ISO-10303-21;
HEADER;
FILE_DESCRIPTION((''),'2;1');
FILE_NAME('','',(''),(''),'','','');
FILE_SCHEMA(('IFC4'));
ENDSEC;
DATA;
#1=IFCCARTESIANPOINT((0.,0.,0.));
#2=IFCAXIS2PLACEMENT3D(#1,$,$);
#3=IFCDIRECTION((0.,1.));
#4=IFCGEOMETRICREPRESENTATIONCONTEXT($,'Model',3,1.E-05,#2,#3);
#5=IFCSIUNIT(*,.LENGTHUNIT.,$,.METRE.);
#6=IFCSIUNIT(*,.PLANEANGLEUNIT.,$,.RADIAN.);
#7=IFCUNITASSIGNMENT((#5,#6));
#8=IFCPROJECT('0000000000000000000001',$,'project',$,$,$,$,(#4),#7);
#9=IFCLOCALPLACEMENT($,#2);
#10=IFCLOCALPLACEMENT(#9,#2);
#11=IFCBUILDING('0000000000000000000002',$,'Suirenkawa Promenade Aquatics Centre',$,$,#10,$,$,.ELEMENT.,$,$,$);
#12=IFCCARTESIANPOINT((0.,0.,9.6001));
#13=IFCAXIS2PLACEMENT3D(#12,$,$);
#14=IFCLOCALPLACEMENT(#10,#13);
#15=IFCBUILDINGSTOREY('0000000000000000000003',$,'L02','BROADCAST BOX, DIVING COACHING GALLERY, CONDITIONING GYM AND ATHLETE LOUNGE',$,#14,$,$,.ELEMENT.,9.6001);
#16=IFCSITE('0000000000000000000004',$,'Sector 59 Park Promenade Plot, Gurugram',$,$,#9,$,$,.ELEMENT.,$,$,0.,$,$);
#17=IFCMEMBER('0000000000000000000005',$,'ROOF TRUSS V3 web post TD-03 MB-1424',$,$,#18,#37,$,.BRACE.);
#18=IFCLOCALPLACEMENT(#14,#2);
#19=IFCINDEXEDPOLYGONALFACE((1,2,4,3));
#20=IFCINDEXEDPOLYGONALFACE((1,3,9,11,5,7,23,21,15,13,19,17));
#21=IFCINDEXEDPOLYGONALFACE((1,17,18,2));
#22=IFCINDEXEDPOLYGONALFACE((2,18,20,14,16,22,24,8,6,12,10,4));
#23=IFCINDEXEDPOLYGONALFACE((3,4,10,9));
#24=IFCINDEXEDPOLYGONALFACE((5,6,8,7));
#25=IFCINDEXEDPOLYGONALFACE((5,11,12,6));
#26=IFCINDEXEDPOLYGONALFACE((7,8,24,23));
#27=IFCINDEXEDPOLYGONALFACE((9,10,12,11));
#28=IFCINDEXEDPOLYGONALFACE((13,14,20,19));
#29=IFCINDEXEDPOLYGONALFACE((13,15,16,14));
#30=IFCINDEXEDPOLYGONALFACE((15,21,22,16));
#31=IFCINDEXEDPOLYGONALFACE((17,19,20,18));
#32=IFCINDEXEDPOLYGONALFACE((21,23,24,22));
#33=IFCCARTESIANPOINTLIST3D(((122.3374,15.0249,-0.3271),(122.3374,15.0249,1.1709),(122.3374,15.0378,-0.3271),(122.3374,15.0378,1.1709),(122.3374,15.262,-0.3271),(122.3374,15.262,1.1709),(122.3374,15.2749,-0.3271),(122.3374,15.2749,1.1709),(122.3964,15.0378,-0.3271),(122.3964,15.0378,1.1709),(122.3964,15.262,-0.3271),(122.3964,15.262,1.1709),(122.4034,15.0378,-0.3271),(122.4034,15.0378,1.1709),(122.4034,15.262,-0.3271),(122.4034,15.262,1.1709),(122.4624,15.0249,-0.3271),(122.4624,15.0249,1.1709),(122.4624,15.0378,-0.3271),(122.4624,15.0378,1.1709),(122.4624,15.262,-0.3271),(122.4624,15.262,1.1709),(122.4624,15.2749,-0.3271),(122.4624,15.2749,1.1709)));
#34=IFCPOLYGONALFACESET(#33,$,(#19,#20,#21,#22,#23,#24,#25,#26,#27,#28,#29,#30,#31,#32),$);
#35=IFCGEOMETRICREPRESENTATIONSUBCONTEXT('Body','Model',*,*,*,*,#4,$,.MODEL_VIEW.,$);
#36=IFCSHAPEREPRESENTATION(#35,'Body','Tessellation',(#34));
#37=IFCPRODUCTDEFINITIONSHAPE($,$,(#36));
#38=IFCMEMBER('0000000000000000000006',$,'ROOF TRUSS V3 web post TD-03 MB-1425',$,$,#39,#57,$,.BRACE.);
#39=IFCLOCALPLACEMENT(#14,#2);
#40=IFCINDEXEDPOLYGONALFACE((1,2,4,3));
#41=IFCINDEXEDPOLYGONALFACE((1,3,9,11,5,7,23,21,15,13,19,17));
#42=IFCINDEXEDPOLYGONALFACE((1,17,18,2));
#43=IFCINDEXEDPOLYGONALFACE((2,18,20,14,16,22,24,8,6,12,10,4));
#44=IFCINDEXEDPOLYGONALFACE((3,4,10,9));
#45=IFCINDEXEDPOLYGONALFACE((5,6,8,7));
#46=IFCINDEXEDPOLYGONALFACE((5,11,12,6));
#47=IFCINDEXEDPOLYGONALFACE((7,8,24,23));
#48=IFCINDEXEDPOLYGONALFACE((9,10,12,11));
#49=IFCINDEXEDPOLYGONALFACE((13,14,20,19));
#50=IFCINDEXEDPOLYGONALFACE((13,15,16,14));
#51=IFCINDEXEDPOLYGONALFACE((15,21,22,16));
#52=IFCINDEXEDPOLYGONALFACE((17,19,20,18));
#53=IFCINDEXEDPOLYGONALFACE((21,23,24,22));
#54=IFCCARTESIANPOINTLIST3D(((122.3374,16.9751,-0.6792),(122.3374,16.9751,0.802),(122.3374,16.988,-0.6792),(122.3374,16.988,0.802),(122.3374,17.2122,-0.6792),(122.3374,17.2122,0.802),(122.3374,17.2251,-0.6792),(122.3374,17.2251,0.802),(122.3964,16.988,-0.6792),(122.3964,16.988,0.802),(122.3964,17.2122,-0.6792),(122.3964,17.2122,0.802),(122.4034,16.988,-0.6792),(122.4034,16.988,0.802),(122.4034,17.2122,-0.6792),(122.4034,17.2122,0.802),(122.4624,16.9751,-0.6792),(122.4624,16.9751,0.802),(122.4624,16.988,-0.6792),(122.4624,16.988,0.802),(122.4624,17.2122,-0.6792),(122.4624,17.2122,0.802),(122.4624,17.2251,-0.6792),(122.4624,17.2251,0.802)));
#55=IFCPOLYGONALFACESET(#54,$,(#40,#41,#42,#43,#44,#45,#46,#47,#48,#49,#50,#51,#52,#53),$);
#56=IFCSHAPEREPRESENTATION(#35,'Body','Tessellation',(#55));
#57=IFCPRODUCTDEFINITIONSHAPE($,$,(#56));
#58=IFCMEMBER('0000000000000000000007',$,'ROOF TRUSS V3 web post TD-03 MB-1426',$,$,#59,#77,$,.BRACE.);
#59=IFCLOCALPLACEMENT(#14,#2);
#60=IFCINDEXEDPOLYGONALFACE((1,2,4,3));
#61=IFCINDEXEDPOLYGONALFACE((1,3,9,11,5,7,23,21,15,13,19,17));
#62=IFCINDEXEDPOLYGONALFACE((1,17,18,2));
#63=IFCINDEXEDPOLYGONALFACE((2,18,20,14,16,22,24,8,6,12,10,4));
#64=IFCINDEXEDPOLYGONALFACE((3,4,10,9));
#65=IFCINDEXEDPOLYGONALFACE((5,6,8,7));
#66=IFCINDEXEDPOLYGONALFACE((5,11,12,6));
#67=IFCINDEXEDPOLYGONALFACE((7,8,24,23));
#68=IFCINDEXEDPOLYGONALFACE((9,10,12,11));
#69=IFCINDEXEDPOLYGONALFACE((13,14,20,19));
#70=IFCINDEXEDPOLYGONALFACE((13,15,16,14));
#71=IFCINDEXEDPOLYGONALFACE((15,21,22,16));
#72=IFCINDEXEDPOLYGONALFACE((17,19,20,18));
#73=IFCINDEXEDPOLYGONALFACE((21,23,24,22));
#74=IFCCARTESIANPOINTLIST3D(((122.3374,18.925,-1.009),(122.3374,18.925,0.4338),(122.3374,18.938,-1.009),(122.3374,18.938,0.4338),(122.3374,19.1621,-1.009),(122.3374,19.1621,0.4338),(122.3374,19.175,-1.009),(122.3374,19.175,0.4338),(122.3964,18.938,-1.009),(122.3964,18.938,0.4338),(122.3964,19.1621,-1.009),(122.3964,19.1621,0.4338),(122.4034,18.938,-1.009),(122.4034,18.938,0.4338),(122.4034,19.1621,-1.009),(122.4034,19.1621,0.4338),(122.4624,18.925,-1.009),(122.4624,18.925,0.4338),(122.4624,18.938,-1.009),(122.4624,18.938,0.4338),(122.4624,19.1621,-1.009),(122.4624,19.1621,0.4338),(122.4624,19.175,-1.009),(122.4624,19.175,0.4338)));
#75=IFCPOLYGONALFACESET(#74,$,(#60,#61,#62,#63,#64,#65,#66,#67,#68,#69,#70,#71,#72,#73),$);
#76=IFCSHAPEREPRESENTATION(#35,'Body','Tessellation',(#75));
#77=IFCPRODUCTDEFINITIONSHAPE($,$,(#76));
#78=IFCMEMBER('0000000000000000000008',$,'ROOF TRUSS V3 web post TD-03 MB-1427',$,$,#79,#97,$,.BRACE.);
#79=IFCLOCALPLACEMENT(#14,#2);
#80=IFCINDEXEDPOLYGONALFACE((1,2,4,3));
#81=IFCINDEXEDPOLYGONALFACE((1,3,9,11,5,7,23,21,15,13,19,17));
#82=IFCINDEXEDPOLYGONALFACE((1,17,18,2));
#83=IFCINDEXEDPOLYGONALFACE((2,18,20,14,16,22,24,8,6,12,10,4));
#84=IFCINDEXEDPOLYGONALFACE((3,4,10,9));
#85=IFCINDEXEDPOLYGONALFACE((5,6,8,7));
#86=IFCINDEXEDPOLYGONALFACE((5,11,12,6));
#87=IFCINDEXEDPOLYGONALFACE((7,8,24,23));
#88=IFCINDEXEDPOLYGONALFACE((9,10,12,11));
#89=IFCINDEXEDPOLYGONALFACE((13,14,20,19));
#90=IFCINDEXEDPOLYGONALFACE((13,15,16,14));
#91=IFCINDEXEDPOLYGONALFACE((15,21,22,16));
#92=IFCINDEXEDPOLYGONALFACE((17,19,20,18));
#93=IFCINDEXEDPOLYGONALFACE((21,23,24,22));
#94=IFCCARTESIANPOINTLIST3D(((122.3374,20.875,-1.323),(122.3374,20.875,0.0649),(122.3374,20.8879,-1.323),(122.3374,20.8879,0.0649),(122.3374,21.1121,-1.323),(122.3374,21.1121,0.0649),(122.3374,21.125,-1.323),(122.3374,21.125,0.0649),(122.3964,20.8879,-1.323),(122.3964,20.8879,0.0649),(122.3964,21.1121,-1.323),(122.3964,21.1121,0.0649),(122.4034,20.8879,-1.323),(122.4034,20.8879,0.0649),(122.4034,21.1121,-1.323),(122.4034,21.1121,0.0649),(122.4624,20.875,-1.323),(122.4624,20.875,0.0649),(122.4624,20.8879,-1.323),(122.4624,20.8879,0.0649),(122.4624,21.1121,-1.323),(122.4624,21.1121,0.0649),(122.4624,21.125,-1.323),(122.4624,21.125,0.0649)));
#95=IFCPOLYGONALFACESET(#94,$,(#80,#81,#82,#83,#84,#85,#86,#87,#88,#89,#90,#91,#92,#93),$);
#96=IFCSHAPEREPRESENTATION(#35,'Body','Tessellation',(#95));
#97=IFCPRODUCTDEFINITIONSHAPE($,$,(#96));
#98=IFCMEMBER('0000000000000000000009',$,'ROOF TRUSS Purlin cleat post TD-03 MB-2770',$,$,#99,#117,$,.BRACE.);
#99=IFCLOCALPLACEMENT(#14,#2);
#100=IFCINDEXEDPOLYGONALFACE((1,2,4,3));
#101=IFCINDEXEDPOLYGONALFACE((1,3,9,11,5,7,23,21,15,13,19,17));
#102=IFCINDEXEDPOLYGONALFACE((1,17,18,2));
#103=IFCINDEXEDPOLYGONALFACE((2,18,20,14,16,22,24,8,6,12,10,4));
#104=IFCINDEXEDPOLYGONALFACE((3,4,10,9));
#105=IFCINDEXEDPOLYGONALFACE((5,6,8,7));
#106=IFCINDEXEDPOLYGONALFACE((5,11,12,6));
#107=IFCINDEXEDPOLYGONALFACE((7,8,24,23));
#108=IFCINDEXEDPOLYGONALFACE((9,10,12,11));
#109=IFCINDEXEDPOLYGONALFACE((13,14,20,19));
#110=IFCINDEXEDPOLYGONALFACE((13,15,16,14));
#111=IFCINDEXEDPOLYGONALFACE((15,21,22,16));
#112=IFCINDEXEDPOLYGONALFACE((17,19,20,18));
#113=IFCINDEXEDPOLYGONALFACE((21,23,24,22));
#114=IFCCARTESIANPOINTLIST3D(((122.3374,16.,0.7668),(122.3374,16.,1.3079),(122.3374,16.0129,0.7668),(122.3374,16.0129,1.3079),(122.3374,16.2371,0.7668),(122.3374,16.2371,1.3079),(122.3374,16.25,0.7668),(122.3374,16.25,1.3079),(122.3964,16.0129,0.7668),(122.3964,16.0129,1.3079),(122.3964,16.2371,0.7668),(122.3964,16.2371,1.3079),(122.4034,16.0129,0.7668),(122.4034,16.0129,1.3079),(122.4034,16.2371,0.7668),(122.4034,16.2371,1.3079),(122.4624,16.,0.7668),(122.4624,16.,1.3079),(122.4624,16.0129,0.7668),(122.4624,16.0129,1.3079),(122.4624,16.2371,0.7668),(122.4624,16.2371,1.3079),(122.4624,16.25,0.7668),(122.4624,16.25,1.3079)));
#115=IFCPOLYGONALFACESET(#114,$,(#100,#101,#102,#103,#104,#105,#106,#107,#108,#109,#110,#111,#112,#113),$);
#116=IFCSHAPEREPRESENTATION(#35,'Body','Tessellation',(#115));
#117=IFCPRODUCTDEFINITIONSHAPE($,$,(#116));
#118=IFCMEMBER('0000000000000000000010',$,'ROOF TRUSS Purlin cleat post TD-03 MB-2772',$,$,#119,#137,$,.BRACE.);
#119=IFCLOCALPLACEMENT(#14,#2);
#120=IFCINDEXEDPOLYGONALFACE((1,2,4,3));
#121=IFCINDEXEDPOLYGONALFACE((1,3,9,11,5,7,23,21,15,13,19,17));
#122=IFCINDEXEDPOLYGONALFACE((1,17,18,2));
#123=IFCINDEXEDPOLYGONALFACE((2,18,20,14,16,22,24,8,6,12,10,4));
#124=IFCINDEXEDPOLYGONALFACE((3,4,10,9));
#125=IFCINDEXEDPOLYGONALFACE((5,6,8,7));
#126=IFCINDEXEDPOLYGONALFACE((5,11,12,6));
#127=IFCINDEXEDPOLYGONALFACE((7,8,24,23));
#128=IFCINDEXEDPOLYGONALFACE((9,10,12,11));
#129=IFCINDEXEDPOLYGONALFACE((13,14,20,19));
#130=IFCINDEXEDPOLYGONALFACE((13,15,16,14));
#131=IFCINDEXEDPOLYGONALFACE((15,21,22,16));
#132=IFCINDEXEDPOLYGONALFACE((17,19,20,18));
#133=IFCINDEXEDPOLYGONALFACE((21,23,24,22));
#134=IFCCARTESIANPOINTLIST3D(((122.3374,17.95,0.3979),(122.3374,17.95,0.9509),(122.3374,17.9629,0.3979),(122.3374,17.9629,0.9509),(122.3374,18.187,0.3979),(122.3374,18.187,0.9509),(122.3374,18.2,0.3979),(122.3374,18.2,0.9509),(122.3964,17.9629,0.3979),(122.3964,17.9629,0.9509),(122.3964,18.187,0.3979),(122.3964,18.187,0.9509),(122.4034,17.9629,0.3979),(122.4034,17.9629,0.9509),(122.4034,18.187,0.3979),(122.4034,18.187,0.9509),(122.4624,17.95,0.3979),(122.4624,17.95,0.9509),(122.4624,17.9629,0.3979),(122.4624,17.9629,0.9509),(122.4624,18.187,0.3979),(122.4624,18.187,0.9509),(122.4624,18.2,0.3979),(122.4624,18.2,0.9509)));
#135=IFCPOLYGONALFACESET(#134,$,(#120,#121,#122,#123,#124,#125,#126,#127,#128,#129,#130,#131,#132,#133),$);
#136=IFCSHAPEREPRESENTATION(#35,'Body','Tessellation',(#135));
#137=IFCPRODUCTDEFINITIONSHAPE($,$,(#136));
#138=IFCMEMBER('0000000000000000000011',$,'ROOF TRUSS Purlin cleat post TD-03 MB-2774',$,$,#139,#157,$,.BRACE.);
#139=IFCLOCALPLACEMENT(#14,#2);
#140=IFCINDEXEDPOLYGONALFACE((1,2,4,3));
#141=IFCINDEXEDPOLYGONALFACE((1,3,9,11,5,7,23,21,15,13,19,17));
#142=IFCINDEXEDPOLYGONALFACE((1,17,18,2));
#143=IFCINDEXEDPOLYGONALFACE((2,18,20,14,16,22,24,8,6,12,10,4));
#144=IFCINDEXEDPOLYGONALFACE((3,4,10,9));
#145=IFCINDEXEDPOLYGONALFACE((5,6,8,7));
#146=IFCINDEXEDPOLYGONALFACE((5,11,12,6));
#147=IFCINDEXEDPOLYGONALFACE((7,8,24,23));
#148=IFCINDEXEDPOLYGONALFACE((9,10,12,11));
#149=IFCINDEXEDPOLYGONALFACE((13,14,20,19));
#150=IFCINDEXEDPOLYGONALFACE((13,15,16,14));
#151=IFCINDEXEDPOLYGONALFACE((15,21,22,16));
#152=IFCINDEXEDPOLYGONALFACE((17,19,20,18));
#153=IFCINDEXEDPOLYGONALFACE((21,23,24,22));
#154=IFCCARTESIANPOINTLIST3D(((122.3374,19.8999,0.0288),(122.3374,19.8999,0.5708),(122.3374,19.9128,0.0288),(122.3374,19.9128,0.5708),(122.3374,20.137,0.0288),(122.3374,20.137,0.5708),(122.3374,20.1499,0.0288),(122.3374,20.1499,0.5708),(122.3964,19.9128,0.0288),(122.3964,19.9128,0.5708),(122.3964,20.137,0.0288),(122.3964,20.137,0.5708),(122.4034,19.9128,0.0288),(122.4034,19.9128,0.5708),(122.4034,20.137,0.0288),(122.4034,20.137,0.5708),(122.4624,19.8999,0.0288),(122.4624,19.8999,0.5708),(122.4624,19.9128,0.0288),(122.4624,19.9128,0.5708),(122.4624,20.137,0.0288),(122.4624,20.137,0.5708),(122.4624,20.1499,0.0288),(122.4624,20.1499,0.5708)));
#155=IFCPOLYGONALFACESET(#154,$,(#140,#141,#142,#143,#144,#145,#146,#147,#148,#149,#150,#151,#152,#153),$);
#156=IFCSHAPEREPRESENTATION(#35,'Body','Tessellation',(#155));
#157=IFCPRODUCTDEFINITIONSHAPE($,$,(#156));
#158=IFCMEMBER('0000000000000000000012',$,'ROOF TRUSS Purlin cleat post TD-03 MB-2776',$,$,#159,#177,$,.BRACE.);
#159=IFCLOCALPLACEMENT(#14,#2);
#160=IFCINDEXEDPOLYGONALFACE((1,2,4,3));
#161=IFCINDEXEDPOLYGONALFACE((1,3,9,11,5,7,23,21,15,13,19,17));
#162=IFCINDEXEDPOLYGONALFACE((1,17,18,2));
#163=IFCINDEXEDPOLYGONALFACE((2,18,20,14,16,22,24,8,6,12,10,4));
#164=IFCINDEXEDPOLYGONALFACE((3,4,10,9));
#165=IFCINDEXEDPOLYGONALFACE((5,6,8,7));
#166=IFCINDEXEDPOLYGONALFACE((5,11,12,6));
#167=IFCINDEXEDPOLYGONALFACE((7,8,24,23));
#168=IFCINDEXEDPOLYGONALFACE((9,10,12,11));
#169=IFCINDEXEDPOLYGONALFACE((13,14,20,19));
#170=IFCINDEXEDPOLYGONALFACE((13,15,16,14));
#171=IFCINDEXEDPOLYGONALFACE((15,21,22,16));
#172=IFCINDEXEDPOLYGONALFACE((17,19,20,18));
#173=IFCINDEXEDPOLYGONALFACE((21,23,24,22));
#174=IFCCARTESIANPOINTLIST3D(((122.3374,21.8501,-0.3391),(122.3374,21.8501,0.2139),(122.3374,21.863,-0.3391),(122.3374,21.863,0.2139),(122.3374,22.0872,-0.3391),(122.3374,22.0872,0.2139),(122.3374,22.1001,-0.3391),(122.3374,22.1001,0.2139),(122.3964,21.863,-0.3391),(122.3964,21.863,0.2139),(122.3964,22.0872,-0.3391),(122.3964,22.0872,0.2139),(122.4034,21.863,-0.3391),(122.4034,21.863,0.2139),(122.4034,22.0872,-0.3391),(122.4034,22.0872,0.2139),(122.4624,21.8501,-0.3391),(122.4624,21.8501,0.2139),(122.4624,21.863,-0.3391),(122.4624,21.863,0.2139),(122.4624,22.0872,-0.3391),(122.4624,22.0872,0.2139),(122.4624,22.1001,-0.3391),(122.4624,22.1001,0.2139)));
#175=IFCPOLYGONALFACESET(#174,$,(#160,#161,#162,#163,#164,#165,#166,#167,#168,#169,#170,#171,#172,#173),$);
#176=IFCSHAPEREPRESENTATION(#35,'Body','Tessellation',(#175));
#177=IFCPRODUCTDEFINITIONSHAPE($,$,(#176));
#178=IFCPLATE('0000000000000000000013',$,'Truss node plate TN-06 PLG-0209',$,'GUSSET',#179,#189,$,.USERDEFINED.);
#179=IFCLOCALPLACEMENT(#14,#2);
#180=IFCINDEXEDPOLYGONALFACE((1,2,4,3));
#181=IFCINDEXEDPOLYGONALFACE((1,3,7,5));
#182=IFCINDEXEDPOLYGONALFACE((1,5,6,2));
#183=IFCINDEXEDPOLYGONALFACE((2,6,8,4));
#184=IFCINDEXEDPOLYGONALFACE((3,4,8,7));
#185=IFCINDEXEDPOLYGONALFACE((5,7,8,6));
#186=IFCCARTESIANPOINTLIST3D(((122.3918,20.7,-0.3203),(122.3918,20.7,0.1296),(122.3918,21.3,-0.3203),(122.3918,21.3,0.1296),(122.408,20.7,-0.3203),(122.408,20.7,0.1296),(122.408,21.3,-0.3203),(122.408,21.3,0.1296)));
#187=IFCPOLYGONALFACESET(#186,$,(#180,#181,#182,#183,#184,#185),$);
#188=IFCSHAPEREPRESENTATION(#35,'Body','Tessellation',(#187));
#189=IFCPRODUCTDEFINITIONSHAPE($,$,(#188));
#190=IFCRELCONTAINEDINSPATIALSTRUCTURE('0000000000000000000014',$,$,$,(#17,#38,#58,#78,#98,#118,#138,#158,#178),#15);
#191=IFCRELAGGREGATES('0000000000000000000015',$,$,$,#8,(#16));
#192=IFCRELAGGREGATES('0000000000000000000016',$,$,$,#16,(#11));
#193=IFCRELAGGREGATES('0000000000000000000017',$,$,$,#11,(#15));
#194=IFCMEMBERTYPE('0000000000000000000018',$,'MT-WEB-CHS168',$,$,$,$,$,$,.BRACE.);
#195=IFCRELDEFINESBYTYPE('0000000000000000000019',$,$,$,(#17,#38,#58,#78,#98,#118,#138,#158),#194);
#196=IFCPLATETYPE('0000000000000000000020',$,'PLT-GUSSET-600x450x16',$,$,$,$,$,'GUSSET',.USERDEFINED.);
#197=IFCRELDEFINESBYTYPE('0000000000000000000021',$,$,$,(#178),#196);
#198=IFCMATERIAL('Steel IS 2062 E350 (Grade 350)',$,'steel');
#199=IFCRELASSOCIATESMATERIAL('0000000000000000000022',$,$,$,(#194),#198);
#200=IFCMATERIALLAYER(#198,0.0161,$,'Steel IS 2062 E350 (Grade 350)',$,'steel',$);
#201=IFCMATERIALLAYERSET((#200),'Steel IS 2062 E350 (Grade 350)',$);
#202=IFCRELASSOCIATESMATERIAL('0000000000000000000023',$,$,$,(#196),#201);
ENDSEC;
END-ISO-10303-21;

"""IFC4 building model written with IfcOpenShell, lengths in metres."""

from ifc_helpers import new_model, si_unit, direction, frame, origin, origin_2d, place, context, subcontext, project, spatial, rectangle, i_section, extrude, material, layer, layer_set, material_profile, profile_set, type_object, element, save


model = new_model("IFC4")

# Units and contexts
model_context = context("Model", 3, precision=1e-05, world=origin(), true_north=direction((0.0, 1.0)))
body_context = subcontext(model_context, "Body", "Model", "MODEL_VIEW")
ifc_project = project(units=[si_unit("LENGTHUNIT", "METRE"), si_unit("PLANEANGLEUNIT", "RADIAN")], contexts=[model_context])

# Site, building, storey
site_placement = place(None, origin())
site = spatial("IfcSite", under=ifc_project, at=site_placement, Name="Sector 59 Park Promenade Plot, Gurugram", CompositionType="ELEMENT", RefElevation=0.0)
building_placement = place(site_placement, origin())
building = spatial("IfcBuilding", under=site, at=building_placement, Name="Suirenkawa Promenade Aquatics Centre", CompositionType="ELEMENT")
storey_placement = place(building_placement, frame((0.0, 0.0, 9.6001)))
storey = spatial("IfcBuildingStorey", under=building, at=storey_placement, Name="L02", Description="BROADCAST BOX, DIVING COACHING GALLERY, CONDITIONING GYM AND ATHLETE LOUNGE", CompositionType="ELEMENT", Elevation=9.6001)

# Shared definitions
ifc_material = material(Name="Steel IS 2062 E350 (Grade 350)", Category="steel")

# Members
ifc_material_profile_1 = material_profile(ifc_material, i_section(OverallWidth=0.125, OverallDepth=0.25, WebThickness=0.0071, FlangeThickness=0.0129, at=origin_2d()), Name="ISMB 250", Category="steel")
ifc_profile_set_1 = profile_set([ifc_material_profile_1], Name="Steel IS 2062 E350 (Grade 350)")
member_type_1 = type_object("IfcMemberType", Name="MT-WEB-CHS168", PredefinedType="BRACE", material=ifc_profile_set_1)
member_1_placement = place(storey_placement, frame((122.3999, 15.1499, -0.3271), z_axis=(0.0, 0.0, 1.0), x_axis=(1.0, 0.0, 0.0)))
element("IfcMember", 1, at=member_1_placement, inside=storey, type_object=member_type_1, Name="ROOF TRUSS V3 web post TD-03 MB-1424", PredefinedType="BRACE", context=body_context, shape_type="SweptSolid", body=[
    extrude(i_section(OverallWidth=0.125, OverallDepth=0.25, WebThickness=0.0071, FlangeThickness=0.0129, at=origin_2d()), origin(), (0.0, 0.0, 1.0), 1.498),
])
member_2_placement = place(storey_placement, frame((122.3999, 17.1001, -0.6792), z_axis=(0.0, 0.0, 1.0), x_axis=(1.0, 0.0, 0.0)))
element("IfcMember", 2, at=member_2_placement, inside=storey, type_object=member_type_1, Name="ROOF TRUSS V3 web post TD-03 MB-1425", PredefinedType="BRACE", context=body_context, shape_type="SweptSolid", body=[
    extrude(i_section(OverallWidth=0.125, OverallDepth=0.25, WebThickness=0.0071, FlangeThickness=0.0129, at=origin_2d()), origin(), (0.0, 0.0, 1.0), 1.4812),
])
member_3_placement = place(storey_placement, frame((122.3999, 19.05, -1.009), z_axis=(0.0, 0.0, 1.0), x_axis=(1.0, 0.0, 0.0)))
element("IfcMember", 3, at=member_3_placement, inside=storey, type_object=member_type_1, Name="ROOF TRUSS V3 web post TD-03 MB-1426", PredefinedType="BRACE", context=body_context, shape_type="SweptSolid", body=[
    extrude(i_section(OverallWidth=0.125, OverallDepth=0.25, WebThickness=0.0071, FlangeThickness=0.0129, at=origin_2d()), origin(), (0.0, 0.0, 1.0), 1.4429),
])
member_4_placement = place(storey_placement, frame((122.3999, 21.0, -1.323), z_axis=(0.0, 0.0, 1.0), x_axis=(1.0, 0.0, 0.0)))
element("IfcMember", 4, at=member_4_placement, inside=storey, type_object=member_type_1, Name="ROOF TRUSS V3 web post TD-03 MB-1427", PredefinedType="BRACE", context=body_context, shape_type="SweptSolid", body=[
    extrude(i_section(OverallWidth=0.125, OverallDepth=0.25, WebThickness=0.0071, FlangeThickness=0.0129, at=origin_2d()), origin(), (0.0, 0.0, 1.0), 1.3879),
])
member_5_placement = place(storey_placement, frame((122.3999, 16.125, 0.7668), z_axis=(0.0, 0.0, 1.0), x_axis=(1.0, 0.0, 0.0)))
element("IfcMember", 5, at=member_5_placement, inside=storey, type_object=member_type_1, Name="ROOF TRUSS Purlin cleat post TD-03 MB-2770", PredefinedType="BRACE", context=body_context, shape_type="SweptSolid", body=[
    extrude(i_section(OverallWidth=0.125, OverallDepth=0.25, WebThickness=0.0071, FlangeThickness=0.0129, at=origin_2d()), origin(), (0.0, 0.0, 1.0), 0.541),
])
member_6_placement = place(storey_placement, frame((122.3999, 18.075, 0.3979), z_axis=(0.0, 0.0, 1.0), x_axis=(1.0, 0.0, 0.0)))
element("IfcMember", 6, at=member_6_placement, inside=storey, type_object=member_type_1, Name="ROOF TRUSS Purlin cleat post TD-03 MB-2772", PredefinedType="BRACE", context=body_context, shape_type="SweptSolid", body=[
    extrude(i_section(OverallWidth=0.125, OverallDepth=0.25, WebThickness=0.0071, FlangeThickness=0.0129, at=origin_2d()), origin(), (0.0, 0.0, 1.0), 0.553),
])
member_7_placement = place(storey_placement, frame((122.3999, 20.0249, 0.0288), z_axis=(0.0, 0.0, 1.0), x_axis=(1.0, 0.0, 0.0)))
element("IfcMember", 7, at=member_7_placement, inside=storey, type_object=member_type_1, Name="ROOF TRUSS Purlin cleat post TD-03 MB-2774", PredefinedType="BRACE", context=body_context, shape_type="SweptSolid", body=[
    extrude(i_section(OverallWidth=0.125, OverallDepth=0.25, WebThickness=0.0071, FlangeThickness=0.0129, at=origin_2d()), origin(), (0.0, 0.0, 1.0), 0.542),
])
member_8_placement = place(storey_placement, frame((122.3999, 21.9751, -0.3391), z_axis=(0.0, 0.0, 1.0), x_axis=(1.0, 0.0, 0.0)))
element("IfcMember", 8, at=member_8_placement, inside=storey, type_object=member_type_1, Name="ROOF TRUSS Purlin cleat post TD-03 MB-2776", PredefinedType="BRACE", context=body_context, shape_type="SweptSolid", body=[
    extrude(i_section(OverallWidth=0.125, OverallDepth=0.25, WebThickness=0.0071, FlangeThickness=0.0129, at=origin_2d()), origin(), (0.0, 0.0, 1.0), 0.553),
])

# Plate
ifc_layer_1 = layer(ifc_material, 0.0161, Name="Steel IS 2062 E350 (Grade 350)", Category="steel")
ifc_layer_set_1 = layer_set([ifc_layer_1], Name="Steel IS 2062 E350 (Grade 350)")
plate_type_1 = type_object("IfcPlateType", Name="PLT-GUSSET-600x450x16", ElementType="GUSSET", PredefinedType="USERDEFINED", material=ifc_layer_set_1)
plate_placement = place(storey_placement, frame((122.3999, 21.0, -0.3203), z_axis=(0.0, 0.0, 1.0), x_axis=(0.0, 1.0, 0.0)))
element("IfcPlate", 9, at=plate_placement, inside=storey, type_object=plate_type_1, Name="Truss node plate TN-06 PLG-0209", ObjectType="GUSSET", PredefinedType="USERDEFINED", context=body_context, shape_type="SweptSolid", body=[
    extrude(rectangle(XDim=0.6001, YDim=0.0161, at=origin_2d()), origin(), (0.0, 0.0, 1.0), 0.45),
])

save(model, "model.ifc")
